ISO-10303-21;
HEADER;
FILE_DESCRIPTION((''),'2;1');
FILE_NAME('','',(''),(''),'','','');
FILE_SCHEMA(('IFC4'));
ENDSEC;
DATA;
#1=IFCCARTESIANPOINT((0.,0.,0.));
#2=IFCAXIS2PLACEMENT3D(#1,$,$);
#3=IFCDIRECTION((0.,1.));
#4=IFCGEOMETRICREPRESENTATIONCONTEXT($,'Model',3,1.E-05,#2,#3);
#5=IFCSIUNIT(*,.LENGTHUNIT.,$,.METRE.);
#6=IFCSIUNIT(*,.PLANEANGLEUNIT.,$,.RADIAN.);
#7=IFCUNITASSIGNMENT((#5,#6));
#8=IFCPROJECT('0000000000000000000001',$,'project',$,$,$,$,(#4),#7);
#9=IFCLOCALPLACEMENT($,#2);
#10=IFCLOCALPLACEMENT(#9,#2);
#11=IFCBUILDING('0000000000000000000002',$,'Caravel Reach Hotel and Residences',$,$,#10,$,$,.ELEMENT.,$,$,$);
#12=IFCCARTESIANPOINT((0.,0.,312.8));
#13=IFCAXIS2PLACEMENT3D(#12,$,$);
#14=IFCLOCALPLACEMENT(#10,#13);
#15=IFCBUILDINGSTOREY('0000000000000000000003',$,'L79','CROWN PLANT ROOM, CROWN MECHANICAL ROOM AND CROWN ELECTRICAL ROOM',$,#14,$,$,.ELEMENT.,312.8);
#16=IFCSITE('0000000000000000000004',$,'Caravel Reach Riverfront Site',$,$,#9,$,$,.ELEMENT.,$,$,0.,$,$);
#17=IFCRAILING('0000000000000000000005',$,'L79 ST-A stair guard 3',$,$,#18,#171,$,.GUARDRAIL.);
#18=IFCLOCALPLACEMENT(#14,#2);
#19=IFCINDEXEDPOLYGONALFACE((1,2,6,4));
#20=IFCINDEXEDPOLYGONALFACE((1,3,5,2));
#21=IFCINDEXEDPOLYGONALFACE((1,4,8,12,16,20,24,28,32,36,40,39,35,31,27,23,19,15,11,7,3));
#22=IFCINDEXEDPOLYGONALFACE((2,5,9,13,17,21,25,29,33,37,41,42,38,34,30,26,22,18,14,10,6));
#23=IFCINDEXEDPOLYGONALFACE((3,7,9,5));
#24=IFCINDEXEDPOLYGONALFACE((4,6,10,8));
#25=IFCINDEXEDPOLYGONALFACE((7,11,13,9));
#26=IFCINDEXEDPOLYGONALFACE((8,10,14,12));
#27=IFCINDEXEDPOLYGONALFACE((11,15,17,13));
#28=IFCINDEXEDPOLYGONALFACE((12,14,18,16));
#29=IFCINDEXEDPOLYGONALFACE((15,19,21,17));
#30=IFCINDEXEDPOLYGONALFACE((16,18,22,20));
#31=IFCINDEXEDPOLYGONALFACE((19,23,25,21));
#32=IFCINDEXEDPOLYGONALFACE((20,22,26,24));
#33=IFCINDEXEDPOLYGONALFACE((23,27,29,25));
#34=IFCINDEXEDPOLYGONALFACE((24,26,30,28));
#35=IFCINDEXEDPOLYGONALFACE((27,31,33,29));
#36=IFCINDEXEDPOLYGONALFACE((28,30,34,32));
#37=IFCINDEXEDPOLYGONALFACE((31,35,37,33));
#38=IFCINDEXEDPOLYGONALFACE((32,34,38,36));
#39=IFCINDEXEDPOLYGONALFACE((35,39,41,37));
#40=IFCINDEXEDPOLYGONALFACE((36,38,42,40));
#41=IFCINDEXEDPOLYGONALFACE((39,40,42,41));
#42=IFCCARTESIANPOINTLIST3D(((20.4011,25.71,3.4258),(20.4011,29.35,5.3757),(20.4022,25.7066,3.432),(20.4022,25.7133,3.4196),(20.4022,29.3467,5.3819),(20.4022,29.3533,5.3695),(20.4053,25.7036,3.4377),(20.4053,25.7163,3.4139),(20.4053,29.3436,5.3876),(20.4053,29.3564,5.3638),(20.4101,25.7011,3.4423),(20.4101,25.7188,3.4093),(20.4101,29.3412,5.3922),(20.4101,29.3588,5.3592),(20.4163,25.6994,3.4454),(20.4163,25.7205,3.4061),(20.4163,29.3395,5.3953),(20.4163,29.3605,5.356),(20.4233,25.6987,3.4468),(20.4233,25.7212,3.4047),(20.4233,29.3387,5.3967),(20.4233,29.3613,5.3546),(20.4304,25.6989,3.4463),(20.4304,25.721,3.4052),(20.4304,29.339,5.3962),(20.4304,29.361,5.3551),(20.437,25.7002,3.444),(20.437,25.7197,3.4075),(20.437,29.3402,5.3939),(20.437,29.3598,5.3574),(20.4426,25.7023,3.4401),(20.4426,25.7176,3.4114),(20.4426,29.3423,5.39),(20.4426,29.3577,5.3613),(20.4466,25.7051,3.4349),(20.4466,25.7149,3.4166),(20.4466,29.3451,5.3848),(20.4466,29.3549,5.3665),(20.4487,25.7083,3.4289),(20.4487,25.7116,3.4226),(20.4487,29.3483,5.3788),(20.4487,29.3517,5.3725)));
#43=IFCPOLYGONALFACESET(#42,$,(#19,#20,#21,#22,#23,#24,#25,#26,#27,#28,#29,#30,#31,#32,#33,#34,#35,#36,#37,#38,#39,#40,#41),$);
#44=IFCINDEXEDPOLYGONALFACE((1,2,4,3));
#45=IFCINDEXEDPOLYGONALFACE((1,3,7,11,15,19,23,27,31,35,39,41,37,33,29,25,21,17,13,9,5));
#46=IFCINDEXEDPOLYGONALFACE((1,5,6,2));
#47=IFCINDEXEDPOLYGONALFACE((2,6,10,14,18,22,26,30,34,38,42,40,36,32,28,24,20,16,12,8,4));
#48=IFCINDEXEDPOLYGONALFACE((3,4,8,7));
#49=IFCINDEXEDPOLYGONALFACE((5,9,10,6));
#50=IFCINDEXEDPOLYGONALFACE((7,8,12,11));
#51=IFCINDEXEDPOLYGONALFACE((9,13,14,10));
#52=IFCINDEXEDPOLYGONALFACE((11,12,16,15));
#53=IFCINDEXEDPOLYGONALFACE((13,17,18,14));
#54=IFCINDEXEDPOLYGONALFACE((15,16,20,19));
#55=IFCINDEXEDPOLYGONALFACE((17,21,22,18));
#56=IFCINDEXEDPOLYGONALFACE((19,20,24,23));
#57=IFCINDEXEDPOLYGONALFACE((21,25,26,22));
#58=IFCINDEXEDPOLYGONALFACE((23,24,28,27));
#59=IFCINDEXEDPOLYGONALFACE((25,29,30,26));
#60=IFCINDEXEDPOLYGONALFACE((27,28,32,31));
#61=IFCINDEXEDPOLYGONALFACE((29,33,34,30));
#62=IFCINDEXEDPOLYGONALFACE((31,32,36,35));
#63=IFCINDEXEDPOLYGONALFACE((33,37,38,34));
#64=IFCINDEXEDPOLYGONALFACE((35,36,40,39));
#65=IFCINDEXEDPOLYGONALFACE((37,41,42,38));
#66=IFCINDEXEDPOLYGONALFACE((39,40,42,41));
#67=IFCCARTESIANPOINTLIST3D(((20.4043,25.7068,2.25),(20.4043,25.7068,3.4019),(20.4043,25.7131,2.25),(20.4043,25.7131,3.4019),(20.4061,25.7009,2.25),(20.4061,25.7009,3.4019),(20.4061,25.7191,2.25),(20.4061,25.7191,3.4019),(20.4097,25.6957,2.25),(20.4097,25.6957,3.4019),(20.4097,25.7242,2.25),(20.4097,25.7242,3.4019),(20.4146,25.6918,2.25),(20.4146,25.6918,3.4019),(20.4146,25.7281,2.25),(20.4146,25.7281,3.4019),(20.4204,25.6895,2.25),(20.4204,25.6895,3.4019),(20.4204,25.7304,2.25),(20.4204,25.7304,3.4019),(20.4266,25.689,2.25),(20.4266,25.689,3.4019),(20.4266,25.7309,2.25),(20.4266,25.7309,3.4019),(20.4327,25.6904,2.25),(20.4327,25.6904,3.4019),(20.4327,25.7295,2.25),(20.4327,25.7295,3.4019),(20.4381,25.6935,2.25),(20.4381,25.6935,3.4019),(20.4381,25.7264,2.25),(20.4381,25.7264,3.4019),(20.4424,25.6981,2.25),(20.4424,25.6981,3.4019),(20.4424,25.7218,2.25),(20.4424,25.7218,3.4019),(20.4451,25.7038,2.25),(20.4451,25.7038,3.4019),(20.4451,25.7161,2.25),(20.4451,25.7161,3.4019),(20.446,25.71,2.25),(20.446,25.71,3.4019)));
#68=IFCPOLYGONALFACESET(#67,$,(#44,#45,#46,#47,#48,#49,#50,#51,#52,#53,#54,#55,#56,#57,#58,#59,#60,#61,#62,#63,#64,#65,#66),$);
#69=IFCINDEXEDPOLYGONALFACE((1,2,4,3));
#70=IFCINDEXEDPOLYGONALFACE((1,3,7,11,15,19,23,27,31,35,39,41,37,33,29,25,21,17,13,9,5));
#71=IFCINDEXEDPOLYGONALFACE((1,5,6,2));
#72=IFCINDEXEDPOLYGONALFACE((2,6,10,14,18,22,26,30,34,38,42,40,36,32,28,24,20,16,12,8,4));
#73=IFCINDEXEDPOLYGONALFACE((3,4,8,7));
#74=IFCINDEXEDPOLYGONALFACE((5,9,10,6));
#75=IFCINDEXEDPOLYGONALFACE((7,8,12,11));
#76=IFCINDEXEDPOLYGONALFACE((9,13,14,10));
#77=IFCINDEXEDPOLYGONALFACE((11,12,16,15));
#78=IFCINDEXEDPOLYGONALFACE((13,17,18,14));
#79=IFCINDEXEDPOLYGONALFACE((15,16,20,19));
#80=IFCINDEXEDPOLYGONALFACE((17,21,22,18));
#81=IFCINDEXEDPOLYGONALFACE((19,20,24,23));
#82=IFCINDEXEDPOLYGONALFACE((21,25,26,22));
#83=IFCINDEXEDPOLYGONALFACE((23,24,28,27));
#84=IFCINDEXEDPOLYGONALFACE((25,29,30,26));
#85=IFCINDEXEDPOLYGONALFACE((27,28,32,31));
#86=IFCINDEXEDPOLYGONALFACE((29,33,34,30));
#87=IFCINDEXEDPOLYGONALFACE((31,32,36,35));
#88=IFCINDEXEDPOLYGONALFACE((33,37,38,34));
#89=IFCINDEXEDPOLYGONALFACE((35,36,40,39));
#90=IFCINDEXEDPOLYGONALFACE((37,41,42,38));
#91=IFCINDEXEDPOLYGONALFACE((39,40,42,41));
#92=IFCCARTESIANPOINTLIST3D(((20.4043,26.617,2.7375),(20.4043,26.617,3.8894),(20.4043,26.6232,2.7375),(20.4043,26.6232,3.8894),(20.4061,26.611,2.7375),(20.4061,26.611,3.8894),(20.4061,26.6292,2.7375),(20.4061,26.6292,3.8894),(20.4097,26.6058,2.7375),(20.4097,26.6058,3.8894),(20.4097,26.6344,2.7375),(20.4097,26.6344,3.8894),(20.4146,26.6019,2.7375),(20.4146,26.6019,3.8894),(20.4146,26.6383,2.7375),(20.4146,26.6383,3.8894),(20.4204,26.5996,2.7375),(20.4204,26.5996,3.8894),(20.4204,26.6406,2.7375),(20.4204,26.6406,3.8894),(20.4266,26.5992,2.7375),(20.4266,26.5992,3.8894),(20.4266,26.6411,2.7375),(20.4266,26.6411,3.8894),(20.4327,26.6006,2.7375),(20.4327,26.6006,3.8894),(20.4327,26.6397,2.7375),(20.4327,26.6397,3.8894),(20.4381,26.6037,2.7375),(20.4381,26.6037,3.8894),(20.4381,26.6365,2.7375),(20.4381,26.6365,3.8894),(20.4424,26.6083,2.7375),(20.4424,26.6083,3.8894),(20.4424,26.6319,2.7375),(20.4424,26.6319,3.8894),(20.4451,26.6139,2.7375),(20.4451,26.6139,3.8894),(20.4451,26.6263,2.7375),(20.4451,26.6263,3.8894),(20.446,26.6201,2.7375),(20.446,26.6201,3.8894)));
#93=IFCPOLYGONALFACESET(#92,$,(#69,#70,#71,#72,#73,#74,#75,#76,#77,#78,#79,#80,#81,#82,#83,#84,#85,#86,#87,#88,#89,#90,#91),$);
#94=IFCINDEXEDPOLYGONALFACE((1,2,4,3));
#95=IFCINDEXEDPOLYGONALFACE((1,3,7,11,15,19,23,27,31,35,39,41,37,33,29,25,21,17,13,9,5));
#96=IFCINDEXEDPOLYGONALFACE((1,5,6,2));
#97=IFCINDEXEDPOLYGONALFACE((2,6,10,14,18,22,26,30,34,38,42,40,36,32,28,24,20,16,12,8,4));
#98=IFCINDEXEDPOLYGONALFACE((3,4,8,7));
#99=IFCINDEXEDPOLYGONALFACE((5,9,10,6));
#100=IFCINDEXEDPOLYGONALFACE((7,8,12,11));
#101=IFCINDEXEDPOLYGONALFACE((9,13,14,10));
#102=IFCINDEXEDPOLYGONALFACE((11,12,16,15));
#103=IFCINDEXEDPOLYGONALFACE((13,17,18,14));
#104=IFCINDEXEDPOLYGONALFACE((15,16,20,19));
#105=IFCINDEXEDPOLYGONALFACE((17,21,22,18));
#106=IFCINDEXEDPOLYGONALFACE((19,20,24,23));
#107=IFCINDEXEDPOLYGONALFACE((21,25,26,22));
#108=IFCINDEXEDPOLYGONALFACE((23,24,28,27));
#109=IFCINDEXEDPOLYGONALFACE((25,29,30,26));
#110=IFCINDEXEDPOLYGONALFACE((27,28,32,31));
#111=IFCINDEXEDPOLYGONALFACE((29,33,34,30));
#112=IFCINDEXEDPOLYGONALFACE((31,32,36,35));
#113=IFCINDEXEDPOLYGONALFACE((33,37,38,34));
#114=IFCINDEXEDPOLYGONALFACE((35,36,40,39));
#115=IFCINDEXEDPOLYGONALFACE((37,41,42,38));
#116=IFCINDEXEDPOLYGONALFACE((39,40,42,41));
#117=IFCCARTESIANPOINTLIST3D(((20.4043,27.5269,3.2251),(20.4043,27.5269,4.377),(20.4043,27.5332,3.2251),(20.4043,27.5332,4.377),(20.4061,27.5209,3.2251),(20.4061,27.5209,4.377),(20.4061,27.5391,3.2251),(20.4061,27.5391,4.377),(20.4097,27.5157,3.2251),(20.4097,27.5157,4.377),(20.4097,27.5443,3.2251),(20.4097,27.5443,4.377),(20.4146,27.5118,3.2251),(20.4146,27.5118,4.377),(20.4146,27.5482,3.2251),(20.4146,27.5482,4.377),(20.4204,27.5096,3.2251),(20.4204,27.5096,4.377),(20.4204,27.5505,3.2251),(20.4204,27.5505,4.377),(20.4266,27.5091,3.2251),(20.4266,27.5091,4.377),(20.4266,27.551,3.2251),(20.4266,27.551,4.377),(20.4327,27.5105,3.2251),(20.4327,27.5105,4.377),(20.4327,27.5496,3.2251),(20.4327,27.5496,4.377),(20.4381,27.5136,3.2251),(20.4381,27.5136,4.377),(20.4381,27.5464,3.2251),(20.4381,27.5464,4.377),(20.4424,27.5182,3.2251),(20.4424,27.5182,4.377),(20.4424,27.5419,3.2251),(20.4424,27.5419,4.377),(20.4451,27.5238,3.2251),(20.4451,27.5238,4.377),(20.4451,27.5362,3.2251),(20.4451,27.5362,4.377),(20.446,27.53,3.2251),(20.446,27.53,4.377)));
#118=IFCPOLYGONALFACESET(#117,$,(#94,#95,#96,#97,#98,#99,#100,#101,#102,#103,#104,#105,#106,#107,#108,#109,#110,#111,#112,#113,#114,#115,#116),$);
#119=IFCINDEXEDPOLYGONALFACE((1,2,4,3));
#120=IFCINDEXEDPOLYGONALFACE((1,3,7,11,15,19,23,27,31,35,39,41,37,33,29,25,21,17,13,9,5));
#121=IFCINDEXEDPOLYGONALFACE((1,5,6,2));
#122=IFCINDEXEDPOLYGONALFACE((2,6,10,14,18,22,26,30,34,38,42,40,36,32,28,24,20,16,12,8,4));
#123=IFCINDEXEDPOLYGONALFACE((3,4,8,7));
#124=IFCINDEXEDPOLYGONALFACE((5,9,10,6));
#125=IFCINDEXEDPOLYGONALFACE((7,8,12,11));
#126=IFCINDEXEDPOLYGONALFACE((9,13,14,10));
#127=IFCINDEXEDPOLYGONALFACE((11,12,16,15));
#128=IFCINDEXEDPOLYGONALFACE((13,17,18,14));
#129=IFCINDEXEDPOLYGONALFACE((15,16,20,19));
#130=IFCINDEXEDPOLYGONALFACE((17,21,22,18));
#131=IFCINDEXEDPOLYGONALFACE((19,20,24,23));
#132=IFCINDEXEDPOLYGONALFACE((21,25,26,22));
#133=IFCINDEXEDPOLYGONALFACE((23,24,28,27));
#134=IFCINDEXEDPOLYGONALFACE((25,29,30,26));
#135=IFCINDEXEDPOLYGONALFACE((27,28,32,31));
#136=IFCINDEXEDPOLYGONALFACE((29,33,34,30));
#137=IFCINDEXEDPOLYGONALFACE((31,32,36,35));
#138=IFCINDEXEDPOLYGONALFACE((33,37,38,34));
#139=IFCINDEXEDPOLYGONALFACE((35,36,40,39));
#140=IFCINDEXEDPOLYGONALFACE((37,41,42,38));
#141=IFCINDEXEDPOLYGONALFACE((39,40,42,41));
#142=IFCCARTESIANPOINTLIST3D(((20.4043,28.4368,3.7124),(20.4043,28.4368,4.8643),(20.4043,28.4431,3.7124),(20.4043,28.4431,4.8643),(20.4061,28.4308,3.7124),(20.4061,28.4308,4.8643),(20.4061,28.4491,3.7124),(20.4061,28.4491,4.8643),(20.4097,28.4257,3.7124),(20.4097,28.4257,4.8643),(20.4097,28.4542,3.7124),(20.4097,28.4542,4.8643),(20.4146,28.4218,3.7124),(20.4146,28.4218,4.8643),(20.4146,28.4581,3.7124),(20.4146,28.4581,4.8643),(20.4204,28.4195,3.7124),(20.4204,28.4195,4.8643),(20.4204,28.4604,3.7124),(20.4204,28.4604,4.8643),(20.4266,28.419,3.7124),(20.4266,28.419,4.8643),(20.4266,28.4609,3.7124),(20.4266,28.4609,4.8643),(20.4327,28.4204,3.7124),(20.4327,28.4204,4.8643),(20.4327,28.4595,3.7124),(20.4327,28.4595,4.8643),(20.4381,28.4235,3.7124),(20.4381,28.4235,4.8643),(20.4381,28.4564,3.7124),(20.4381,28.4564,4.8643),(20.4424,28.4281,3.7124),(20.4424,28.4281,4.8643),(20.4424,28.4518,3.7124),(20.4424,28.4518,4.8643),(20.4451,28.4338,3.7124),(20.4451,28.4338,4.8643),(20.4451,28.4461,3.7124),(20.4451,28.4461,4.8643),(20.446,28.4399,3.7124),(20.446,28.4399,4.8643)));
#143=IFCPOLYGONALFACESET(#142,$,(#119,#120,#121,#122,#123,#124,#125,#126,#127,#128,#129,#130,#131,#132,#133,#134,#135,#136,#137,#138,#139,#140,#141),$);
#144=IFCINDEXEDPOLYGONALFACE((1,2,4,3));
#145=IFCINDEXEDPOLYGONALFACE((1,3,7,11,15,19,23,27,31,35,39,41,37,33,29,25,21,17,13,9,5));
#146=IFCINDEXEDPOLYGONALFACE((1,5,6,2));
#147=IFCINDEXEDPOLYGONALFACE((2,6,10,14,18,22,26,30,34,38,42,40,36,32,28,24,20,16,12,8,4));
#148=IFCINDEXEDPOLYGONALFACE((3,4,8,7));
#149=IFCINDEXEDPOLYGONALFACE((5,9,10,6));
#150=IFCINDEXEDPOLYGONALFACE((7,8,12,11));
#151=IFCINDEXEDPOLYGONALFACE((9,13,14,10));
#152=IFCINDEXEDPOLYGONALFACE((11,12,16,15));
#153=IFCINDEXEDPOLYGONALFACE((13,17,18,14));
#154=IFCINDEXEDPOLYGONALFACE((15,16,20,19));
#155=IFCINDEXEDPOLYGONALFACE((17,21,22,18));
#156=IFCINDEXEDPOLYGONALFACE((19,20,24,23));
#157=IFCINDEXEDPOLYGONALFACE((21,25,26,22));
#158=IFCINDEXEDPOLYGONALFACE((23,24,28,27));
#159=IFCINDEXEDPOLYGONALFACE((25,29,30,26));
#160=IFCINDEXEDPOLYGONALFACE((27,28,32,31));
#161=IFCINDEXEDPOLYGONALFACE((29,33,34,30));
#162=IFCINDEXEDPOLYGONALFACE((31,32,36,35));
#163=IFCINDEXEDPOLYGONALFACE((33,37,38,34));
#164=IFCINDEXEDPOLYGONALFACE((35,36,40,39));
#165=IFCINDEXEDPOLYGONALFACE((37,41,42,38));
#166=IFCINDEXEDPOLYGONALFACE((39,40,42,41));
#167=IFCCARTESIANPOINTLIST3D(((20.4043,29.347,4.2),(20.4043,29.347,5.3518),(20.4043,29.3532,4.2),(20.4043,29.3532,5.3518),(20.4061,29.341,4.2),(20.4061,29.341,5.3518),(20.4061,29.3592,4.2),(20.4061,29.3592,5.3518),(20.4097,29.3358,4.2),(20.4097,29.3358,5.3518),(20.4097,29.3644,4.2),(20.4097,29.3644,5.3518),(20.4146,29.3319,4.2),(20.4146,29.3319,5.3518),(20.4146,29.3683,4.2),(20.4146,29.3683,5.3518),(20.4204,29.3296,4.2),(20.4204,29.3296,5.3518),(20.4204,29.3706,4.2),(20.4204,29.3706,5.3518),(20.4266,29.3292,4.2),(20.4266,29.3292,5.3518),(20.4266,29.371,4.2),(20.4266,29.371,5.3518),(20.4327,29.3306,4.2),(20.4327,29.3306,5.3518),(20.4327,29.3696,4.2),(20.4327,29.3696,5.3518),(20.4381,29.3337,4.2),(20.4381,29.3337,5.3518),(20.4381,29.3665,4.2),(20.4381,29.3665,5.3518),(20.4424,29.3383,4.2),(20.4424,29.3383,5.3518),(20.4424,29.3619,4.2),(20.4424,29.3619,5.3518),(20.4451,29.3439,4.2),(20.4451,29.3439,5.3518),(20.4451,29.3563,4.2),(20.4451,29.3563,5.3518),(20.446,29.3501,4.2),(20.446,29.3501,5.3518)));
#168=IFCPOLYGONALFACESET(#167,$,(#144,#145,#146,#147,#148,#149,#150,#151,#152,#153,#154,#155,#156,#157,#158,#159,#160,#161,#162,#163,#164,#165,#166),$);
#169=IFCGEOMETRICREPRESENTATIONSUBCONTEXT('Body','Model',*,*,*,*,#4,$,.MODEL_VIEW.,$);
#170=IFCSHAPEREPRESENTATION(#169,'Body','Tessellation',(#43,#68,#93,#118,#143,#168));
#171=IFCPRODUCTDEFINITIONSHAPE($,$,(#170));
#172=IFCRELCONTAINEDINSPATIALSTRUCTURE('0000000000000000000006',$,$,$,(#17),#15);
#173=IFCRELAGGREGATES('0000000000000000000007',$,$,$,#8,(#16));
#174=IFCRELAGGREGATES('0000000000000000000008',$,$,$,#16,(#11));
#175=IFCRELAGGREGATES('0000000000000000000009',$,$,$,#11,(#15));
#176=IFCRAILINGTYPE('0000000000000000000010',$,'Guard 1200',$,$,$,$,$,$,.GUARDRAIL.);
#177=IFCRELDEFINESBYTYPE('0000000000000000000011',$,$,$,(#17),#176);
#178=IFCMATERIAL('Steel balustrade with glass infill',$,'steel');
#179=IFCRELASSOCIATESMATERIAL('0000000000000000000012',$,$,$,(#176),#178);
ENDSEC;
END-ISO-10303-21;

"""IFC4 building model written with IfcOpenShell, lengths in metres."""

from ifc_helpers import new_model, si_unit, direction, frame, origin, origin_2d, place, context, subcontext, project, spatial, circle, extrude, material, type_object, element, save


model = new_model("IFC4")

# Units and contexts
model_context = context("Model", 3, precision=1e-05, world=origin(), true_north=direction((0.0, 1.0)))
body_context = subcontext(model_context, "Body", "Model", "MODEL_VIEW")
ifc_project = project(units=[si_unit("LENGTHUNIT", "METRE"), si_unit("PLANEANGLEUNIT", "RADIAN")], contexts=[model_context])

# Site, building, storey
site_placement = place(None, origin())
site = spatial("IfcSite", under=ifc_project, at=site_placement, Name="Caravel Reach Riverfront Site", CompositionType="ELEMENT", RefElevation=0.0)
building_placement = place(site_placement, origin())
building = spatial("IfcBuilding", under=site, at=building_placement, Name="Caravel Reach Hotel and Residences", CompositionType="ELEMENT")
storey_placement = place(building_placement, frame((0.0, 0.0, 312.8)))
storey = spatial("IfcBuildingStorey", under=building, at=storey_placement, Name="L79", Description="CROWN PLANT ROOM, CROWN MECHANICAL ROOM AND CROWN ELECTRICAL ROOM", CompositionType="ELEMENT", Elevation=312.8)

# Railing
ifc_material_1 = material(Name="Steel balustrade with glass infill", Category="steel")
railing_type_1 = type_object("IfcRailingType", Name="Guard 1200", PredefinedType="GUARDRAIL", material=ifc_material_1)
railing_1_placement = place(storey_placement, frame((20.425, 25.71, 2.25)))
element("IfcRailing", 1, at=railing_1_placement, inside=storey, type_object=railing_type_1, Name="L79 ST-A stair guard 3", PredefinedType="GUARDRAIL", context=body_context, shape_type="SweptSolid", body=[
    extrude(circle(Radius=0.0239, at=origin_2d()), frame((0.0, 0.0, 1.1758), z_axis=(0.0, 0.881492, 0.472198), x_axis=(-1.0, 0.0, 0.0)), (0.0, 0.0, 1.0), 4.1294),
    extrude(circle(Radius=0.021, at=origin_2d()), origin(), (0.0, 0.0, 1.0), 1.1519),
    extrude(circle(Radius=0.021, at=origin_2d()), frame((0.0, 0.9102, 0.4875)), (0.0, 0.0, 1.0), 1.1519),
    extrude(circle(Radius=0.021, at=origin_2d()), frame((0.0, 1.8201, 0.9751)), (0.0, 0.0, 1.0), 1.1519),
    extrude(circle(Radius=0.021, at=origin_2d()), frame((0.0, 2.73, 1.4624)), (0.0, 0.0, 1.0), 1.1519),
    extrude(circle(Radius=0.021, at=origin_2d()), frame((0.0, 3.6401, 1.95)), (0.0, 0.0, 1.0), 1.1519),
])

save(model, "model.ifc")
